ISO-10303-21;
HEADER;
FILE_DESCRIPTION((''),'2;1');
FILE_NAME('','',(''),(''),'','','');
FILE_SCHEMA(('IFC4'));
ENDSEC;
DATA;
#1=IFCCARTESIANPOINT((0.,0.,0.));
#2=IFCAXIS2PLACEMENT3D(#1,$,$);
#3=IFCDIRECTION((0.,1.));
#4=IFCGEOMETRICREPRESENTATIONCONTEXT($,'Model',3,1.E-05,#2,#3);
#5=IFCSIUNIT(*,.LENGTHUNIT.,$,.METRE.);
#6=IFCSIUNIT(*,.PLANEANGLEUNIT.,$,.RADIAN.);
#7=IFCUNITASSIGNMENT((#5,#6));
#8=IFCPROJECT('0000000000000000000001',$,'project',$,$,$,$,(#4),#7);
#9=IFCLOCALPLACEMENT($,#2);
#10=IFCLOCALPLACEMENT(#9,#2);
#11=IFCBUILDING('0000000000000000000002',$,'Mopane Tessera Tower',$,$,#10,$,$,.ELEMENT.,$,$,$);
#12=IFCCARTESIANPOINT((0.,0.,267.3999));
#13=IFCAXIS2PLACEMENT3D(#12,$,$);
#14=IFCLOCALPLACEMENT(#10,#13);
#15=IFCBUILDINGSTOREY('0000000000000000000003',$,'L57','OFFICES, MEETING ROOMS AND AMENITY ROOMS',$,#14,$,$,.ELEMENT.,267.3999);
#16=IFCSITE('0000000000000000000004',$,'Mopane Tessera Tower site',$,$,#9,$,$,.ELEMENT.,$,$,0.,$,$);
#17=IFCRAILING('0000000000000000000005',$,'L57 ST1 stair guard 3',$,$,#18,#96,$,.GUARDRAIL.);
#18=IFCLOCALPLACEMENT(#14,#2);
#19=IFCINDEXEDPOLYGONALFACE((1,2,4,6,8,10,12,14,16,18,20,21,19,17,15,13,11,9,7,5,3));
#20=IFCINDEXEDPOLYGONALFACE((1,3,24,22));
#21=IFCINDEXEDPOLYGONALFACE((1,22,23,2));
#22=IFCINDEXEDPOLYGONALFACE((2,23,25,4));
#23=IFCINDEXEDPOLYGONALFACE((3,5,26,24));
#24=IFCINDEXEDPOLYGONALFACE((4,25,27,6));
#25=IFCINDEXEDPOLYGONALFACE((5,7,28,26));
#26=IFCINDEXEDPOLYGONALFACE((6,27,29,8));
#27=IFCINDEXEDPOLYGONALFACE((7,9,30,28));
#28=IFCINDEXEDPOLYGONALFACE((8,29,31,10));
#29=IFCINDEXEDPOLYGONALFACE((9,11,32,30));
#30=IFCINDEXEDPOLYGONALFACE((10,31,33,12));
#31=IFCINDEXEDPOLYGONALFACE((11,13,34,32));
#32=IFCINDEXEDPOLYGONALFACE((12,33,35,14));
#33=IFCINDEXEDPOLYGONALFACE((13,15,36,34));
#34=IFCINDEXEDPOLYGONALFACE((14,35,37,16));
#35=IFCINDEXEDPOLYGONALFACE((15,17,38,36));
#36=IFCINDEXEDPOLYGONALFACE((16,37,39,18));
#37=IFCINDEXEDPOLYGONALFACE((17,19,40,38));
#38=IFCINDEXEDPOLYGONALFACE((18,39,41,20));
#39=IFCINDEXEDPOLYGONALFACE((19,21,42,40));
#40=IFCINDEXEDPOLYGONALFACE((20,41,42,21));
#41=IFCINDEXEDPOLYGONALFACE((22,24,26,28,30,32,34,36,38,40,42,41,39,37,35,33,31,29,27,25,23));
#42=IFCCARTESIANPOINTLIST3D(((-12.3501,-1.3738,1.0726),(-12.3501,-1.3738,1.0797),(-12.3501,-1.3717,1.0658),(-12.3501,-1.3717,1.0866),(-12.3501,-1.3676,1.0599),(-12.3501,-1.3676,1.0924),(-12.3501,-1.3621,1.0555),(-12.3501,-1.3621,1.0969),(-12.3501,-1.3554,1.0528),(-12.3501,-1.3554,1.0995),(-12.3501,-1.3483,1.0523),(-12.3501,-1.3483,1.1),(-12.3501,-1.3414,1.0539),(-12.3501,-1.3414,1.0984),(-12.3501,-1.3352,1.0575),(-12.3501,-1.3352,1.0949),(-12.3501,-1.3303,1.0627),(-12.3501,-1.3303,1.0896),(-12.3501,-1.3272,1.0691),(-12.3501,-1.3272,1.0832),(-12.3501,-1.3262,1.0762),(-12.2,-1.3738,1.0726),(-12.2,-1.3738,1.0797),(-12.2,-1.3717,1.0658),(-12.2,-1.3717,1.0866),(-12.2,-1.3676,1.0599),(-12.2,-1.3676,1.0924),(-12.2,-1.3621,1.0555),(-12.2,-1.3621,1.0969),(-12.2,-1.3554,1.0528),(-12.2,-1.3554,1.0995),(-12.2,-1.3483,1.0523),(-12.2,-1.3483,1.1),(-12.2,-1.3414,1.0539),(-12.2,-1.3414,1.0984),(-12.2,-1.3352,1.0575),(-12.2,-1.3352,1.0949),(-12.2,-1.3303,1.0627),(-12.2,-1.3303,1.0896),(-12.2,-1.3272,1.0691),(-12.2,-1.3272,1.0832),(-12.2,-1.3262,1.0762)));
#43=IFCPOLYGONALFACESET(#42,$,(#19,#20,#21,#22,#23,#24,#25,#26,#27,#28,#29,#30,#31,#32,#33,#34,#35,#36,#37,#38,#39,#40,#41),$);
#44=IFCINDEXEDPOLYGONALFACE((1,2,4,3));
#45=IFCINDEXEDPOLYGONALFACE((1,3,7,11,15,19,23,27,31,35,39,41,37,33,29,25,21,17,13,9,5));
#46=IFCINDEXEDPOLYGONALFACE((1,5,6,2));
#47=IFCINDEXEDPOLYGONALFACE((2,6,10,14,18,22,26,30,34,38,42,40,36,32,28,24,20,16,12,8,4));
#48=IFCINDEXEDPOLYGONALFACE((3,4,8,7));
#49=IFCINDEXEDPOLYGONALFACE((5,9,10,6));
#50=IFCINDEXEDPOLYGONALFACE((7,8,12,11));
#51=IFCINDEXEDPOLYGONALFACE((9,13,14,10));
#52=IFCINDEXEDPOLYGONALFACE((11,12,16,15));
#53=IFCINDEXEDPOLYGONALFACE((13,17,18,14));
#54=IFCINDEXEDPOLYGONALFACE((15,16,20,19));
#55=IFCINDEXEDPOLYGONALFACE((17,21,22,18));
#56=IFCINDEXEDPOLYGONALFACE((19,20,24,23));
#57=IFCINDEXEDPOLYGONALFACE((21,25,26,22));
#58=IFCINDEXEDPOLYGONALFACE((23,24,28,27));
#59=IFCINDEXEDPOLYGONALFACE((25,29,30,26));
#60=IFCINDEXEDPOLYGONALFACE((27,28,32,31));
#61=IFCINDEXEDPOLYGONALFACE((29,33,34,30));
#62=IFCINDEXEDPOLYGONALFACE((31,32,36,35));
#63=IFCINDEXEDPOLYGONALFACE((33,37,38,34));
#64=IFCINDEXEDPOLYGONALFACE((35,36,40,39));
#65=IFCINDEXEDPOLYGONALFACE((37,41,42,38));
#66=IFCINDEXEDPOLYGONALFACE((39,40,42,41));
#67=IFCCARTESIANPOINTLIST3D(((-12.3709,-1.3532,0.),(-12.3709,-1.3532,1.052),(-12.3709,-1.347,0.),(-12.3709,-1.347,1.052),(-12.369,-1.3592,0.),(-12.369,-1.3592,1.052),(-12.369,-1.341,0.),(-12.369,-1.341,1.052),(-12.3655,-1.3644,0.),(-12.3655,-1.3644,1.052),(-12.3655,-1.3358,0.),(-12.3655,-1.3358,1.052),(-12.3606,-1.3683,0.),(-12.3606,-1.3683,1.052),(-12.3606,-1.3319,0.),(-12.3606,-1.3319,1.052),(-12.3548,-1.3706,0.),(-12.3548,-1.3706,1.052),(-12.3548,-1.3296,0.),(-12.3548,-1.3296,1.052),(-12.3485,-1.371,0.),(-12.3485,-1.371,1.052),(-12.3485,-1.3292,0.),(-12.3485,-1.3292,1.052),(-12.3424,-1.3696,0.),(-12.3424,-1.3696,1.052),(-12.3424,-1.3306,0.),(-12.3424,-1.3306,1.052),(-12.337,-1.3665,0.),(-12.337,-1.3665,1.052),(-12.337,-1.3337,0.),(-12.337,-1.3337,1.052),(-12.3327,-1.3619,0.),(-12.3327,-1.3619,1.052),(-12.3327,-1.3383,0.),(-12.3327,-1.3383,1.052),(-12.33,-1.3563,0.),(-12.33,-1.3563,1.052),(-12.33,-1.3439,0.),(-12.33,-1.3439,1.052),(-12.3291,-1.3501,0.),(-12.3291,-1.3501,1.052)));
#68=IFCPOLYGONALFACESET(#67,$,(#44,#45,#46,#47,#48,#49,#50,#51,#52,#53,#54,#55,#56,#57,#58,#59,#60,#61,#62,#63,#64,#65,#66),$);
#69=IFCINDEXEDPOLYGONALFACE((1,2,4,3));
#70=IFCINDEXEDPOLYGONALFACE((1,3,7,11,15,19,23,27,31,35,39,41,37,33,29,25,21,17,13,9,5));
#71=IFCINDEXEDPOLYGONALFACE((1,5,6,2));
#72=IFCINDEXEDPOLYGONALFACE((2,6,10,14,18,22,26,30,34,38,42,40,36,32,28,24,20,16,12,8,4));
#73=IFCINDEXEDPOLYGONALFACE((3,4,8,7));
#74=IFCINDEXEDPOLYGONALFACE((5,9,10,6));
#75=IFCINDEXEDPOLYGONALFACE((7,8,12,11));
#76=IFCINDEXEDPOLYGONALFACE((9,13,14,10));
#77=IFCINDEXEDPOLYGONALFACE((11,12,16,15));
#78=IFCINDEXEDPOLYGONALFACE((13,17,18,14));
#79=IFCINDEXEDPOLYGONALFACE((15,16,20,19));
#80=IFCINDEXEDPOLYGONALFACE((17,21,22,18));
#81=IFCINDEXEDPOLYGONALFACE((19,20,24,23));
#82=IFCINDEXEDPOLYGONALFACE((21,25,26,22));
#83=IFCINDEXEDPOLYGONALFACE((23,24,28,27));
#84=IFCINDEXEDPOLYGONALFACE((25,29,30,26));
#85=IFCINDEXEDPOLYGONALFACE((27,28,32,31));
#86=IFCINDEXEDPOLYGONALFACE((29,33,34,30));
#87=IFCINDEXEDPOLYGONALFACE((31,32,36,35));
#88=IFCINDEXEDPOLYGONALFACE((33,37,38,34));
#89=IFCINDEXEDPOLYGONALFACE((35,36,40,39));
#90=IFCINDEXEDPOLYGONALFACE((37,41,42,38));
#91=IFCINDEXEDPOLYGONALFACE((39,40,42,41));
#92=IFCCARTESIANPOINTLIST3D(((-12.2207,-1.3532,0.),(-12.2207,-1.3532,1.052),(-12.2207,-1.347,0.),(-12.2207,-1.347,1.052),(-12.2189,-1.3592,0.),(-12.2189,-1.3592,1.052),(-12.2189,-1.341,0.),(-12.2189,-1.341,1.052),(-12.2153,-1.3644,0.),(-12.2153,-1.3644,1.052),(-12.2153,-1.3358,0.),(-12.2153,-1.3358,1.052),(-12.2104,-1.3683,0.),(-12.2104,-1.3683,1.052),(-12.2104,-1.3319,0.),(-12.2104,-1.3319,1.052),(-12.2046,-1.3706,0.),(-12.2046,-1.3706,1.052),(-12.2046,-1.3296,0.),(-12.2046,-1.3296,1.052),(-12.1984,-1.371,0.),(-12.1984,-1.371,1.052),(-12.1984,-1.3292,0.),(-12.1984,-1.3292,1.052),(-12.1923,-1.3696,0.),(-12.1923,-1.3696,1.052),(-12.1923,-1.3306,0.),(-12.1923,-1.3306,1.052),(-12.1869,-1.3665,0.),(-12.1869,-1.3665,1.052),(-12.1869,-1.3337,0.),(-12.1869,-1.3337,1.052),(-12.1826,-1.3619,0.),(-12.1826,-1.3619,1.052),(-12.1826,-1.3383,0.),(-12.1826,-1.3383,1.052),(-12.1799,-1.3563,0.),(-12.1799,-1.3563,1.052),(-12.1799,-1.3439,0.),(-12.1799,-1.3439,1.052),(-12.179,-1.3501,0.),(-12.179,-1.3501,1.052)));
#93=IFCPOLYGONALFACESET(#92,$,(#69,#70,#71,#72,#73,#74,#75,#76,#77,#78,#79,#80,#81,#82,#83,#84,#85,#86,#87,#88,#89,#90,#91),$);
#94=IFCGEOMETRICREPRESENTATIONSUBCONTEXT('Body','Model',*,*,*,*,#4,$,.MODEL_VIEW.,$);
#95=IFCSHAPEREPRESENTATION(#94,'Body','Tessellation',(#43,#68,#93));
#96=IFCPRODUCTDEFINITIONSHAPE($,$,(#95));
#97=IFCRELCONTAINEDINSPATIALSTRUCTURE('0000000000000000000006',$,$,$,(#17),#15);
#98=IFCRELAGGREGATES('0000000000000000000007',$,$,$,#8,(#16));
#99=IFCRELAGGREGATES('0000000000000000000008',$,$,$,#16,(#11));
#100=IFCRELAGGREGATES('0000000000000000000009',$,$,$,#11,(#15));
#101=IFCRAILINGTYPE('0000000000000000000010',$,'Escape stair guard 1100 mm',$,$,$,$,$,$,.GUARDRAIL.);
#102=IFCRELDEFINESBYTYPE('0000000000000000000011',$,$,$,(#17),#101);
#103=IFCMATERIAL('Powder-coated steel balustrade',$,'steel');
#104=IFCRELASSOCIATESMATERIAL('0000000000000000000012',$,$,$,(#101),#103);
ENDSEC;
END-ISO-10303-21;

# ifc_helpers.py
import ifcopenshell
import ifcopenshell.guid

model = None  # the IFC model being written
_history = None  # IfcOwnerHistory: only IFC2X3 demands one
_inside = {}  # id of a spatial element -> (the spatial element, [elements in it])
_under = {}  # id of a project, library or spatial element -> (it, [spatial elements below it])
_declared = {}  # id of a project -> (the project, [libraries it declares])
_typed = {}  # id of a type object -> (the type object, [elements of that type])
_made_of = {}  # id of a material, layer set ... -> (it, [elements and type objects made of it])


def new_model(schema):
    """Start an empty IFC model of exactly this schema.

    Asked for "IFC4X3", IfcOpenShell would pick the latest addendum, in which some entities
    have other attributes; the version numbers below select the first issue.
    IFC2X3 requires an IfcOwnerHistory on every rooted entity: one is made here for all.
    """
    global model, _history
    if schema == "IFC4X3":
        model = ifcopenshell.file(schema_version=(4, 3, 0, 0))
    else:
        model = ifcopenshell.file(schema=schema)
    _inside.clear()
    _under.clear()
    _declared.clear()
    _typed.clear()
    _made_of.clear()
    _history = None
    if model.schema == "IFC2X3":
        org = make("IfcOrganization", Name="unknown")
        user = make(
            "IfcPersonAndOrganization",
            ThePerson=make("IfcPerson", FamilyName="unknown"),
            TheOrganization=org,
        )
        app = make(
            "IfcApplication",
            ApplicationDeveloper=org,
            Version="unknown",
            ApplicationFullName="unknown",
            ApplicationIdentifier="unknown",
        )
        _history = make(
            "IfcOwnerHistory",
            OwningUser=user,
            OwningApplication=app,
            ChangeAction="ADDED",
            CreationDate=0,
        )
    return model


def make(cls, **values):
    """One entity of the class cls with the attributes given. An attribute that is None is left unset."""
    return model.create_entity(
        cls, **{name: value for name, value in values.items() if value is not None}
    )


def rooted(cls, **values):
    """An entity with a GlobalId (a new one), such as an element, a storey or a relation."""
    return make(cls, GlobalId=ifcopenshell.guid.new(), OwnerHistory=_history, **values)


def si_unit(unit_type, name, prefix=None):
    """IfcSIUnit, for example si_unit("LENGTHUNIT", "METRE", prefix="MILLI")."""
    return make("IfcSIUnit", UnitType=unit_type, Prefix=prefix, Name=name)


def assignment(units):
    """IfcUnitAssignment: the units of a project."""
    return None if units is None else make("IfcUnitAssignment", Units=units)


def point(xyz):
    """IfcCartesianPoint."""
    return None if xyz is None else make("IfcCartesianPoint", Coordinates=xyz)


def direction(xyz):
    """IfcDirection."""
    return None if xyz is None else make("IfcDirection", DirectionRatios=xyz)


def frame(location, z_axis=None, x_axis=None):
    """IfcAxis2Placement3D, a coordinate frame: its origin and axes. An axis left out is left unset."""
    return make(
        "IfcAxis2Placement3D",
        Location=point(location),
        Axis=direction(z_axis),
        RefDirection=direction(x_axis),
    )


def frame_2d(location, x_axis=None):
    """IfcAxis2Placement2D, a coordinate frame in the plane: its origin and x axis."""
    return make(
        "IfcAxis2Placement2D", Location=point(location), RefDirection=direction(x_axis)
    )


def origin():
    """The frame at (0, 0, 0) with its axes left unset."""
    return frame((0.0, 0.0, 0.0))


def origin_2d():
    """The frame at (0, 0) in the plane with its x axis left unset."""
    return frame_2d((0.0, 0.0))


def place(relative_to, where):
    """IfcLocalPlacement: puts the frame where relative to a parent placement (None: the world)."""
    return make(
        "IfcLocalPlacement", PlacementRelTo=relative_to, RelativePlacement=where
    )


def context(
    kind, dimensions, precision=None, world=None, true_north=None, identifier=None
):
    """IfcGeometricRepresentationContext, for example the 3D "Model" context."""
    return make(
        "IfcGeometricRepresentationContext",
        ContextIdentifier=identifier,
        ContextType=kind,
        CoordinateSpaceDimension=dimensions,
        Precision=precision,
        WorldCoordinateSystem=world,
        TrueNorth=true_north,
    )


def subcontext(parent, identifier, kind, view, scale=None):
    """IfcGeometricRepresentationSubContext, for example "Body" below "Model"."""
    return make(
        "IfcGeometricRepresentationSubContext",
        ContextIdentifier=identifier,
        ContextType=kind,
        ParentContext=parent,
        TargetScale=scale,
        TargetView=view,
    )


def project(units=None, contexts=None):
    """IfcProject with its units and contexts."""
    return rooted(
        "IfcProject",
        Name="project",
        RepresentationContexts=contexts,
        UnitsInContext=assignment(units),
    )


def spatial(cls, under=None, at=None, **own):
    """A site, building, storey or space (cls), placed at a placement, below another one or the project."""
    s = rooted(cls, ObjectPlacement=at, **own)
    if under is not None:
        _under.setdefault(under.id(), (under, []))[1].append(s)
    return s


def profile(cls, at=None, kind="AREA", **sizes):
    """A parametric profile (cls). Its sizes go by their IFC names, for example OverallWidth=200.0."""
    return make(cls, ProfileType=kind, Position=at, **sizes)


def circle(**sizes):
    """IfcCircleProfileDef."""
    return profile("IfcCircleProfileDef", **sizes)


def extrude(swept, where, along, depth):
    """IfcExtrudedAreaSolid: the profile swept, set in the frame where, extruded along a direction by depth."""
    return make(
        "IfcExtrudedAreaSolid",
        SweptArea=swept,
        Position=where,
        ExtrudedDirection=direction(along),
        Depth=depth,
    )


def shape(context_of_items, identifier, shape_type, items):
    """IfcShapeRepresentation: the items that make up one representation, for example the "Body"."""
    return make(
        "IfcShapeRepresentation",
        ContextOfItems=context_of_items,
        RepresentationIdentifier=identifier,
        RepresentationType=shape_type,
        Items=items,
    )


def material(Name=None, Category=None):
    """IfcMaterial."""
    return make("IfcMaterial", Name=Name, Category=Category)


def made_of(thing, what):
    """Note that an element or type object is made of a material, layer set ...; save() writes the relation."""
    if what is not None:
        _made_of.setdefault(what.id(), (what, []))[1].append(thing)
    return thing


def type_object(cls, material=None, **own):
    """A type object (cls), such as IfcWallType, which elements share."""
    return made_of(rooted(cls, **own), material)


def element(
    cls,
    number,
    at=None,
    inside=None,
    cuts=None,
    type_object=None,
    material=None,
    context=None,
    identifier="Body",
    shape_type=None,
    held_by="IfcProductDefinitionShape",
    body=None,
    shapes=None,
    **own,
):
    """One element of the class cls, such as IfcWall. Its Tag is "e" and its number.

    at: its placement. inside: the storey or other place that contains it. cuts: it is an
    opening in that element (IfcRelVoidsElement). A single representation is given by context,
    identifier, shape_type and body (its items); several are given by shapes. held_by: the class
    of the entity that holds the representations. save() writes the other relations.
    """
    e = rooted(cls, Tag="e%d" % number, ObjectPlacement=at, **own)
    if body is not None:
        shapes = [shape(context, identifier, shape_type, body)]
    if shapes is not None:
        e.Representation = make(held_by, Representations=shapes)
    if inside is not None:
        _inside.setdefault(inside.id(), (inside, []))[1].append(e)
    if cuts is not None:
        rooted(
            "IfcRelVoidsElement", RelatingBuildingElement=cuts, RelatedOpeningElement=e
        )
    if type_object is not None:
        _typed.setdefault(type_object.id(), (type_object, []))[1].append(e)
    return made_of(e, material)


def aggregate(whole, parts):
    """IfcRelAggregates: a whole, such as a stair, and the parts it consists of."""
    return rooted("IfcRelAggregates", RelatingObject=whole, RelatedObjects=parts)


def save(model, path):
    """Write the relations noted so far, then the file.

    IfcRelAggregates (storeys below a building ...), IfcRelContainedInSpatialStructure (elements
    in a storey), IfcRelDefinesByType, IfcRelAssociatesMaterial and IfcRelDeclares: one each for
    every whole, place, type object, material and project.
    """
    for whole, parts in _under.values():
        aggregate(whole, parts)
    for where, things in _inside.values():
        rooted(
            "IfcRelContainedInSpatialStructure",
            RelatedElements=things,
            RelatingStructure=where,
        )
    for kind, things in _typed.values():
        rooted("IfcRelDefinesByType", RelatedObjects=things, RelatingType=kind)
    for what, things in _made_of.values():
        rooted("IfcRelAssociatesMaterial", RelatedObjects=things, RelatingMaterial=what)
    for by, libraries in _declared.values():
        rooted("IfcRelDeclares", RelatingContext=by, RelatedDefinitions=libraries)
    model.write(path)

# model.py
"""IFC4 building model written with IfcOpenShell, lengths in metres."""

from ifc_helpers import new_model, si_unit, direction, frame, origin, origin_2d, place, context, subcontext, project, spatial, circle, extrude, material, type_object, element, save


model = new_model("IFC4")

# Units and contexts
model_context = context("Model", 3, precision=1e-05, world=origin(), true_north=direction((0.0, 1.0)))
body_context = subcontext(model_context, "Body", "Model", "MODEL_VIEW")
ifc_project = project(units=[si_unit("LENGTHUNIT", "METRE"), si_unit("PLANEANGLEUNIT", "RADIAN")], contexts=[model_context])

# Site, building, storey
site_placement = place(None, origin())
site = spatial("IfcSite", under=ifc_project, at=site_placement, Name="Mopane Tessera Tower site", CompositionType="ELEMENT", RefElevation=0.0)
building_placement = place(site_placement, origin())
building = spatial("IfcBuilding", under=site, at=building_placement, Name="Mopane Tessera Tower", CompositionType="ELEMENT")
storey_placement = place(building_placement, frame((0.0, 0.0, 267.3999)))
storey = spatial("IfcBuildingStorey", under=building, at=storey_placement, Name="L57", Description="OFFICES, MEETING ROOMS AND AMENITY ROOMS", CompositionType="ELEMENT", Elevation=267.3999)

# Railing
ifc_material_1 = material(Name="Powder-coated steel balustrade", Category="steel")
railing_type_1 = type_object("IfcRailingType", Name="Escape stair guard 1100 mm", PredefinedType="GUARDRAIL", material=ifc_material_1)
railing_1_placement = place(storey_placement, frame((-12.3501, -1.3501, 0.0)))
element("IfcRailing", 1, at=railing_1_placement, inside=storey, type_object=railing_type_1, Name="L57 ST1 stair guard 3", PredefinedType="GUARDRAIL", context=body_context, shape_type="SweptSolid", body=[
    extrude(circle(Radius=0.0239, at=origin_2d()), frame((0.0, 0.0, 1.0762), z_axis=(1.0, 0.0, 0.0), x_axis=(0.0, 1.0, 0.0)), (0.0, 0.0, 1.0), 0.1501),
    extrude(circle(Radius=0.021, at=origin_2d()), origin(), (0.0, 0.0, 1.0), 1.052),
    extrude(circle(Radius=0.021, at=origin_2d()), frame((0.1501, 0.0, 0.0)), (0.0, 0.0, 1.0), 1.052),
])

save(model, "model.ifc")
